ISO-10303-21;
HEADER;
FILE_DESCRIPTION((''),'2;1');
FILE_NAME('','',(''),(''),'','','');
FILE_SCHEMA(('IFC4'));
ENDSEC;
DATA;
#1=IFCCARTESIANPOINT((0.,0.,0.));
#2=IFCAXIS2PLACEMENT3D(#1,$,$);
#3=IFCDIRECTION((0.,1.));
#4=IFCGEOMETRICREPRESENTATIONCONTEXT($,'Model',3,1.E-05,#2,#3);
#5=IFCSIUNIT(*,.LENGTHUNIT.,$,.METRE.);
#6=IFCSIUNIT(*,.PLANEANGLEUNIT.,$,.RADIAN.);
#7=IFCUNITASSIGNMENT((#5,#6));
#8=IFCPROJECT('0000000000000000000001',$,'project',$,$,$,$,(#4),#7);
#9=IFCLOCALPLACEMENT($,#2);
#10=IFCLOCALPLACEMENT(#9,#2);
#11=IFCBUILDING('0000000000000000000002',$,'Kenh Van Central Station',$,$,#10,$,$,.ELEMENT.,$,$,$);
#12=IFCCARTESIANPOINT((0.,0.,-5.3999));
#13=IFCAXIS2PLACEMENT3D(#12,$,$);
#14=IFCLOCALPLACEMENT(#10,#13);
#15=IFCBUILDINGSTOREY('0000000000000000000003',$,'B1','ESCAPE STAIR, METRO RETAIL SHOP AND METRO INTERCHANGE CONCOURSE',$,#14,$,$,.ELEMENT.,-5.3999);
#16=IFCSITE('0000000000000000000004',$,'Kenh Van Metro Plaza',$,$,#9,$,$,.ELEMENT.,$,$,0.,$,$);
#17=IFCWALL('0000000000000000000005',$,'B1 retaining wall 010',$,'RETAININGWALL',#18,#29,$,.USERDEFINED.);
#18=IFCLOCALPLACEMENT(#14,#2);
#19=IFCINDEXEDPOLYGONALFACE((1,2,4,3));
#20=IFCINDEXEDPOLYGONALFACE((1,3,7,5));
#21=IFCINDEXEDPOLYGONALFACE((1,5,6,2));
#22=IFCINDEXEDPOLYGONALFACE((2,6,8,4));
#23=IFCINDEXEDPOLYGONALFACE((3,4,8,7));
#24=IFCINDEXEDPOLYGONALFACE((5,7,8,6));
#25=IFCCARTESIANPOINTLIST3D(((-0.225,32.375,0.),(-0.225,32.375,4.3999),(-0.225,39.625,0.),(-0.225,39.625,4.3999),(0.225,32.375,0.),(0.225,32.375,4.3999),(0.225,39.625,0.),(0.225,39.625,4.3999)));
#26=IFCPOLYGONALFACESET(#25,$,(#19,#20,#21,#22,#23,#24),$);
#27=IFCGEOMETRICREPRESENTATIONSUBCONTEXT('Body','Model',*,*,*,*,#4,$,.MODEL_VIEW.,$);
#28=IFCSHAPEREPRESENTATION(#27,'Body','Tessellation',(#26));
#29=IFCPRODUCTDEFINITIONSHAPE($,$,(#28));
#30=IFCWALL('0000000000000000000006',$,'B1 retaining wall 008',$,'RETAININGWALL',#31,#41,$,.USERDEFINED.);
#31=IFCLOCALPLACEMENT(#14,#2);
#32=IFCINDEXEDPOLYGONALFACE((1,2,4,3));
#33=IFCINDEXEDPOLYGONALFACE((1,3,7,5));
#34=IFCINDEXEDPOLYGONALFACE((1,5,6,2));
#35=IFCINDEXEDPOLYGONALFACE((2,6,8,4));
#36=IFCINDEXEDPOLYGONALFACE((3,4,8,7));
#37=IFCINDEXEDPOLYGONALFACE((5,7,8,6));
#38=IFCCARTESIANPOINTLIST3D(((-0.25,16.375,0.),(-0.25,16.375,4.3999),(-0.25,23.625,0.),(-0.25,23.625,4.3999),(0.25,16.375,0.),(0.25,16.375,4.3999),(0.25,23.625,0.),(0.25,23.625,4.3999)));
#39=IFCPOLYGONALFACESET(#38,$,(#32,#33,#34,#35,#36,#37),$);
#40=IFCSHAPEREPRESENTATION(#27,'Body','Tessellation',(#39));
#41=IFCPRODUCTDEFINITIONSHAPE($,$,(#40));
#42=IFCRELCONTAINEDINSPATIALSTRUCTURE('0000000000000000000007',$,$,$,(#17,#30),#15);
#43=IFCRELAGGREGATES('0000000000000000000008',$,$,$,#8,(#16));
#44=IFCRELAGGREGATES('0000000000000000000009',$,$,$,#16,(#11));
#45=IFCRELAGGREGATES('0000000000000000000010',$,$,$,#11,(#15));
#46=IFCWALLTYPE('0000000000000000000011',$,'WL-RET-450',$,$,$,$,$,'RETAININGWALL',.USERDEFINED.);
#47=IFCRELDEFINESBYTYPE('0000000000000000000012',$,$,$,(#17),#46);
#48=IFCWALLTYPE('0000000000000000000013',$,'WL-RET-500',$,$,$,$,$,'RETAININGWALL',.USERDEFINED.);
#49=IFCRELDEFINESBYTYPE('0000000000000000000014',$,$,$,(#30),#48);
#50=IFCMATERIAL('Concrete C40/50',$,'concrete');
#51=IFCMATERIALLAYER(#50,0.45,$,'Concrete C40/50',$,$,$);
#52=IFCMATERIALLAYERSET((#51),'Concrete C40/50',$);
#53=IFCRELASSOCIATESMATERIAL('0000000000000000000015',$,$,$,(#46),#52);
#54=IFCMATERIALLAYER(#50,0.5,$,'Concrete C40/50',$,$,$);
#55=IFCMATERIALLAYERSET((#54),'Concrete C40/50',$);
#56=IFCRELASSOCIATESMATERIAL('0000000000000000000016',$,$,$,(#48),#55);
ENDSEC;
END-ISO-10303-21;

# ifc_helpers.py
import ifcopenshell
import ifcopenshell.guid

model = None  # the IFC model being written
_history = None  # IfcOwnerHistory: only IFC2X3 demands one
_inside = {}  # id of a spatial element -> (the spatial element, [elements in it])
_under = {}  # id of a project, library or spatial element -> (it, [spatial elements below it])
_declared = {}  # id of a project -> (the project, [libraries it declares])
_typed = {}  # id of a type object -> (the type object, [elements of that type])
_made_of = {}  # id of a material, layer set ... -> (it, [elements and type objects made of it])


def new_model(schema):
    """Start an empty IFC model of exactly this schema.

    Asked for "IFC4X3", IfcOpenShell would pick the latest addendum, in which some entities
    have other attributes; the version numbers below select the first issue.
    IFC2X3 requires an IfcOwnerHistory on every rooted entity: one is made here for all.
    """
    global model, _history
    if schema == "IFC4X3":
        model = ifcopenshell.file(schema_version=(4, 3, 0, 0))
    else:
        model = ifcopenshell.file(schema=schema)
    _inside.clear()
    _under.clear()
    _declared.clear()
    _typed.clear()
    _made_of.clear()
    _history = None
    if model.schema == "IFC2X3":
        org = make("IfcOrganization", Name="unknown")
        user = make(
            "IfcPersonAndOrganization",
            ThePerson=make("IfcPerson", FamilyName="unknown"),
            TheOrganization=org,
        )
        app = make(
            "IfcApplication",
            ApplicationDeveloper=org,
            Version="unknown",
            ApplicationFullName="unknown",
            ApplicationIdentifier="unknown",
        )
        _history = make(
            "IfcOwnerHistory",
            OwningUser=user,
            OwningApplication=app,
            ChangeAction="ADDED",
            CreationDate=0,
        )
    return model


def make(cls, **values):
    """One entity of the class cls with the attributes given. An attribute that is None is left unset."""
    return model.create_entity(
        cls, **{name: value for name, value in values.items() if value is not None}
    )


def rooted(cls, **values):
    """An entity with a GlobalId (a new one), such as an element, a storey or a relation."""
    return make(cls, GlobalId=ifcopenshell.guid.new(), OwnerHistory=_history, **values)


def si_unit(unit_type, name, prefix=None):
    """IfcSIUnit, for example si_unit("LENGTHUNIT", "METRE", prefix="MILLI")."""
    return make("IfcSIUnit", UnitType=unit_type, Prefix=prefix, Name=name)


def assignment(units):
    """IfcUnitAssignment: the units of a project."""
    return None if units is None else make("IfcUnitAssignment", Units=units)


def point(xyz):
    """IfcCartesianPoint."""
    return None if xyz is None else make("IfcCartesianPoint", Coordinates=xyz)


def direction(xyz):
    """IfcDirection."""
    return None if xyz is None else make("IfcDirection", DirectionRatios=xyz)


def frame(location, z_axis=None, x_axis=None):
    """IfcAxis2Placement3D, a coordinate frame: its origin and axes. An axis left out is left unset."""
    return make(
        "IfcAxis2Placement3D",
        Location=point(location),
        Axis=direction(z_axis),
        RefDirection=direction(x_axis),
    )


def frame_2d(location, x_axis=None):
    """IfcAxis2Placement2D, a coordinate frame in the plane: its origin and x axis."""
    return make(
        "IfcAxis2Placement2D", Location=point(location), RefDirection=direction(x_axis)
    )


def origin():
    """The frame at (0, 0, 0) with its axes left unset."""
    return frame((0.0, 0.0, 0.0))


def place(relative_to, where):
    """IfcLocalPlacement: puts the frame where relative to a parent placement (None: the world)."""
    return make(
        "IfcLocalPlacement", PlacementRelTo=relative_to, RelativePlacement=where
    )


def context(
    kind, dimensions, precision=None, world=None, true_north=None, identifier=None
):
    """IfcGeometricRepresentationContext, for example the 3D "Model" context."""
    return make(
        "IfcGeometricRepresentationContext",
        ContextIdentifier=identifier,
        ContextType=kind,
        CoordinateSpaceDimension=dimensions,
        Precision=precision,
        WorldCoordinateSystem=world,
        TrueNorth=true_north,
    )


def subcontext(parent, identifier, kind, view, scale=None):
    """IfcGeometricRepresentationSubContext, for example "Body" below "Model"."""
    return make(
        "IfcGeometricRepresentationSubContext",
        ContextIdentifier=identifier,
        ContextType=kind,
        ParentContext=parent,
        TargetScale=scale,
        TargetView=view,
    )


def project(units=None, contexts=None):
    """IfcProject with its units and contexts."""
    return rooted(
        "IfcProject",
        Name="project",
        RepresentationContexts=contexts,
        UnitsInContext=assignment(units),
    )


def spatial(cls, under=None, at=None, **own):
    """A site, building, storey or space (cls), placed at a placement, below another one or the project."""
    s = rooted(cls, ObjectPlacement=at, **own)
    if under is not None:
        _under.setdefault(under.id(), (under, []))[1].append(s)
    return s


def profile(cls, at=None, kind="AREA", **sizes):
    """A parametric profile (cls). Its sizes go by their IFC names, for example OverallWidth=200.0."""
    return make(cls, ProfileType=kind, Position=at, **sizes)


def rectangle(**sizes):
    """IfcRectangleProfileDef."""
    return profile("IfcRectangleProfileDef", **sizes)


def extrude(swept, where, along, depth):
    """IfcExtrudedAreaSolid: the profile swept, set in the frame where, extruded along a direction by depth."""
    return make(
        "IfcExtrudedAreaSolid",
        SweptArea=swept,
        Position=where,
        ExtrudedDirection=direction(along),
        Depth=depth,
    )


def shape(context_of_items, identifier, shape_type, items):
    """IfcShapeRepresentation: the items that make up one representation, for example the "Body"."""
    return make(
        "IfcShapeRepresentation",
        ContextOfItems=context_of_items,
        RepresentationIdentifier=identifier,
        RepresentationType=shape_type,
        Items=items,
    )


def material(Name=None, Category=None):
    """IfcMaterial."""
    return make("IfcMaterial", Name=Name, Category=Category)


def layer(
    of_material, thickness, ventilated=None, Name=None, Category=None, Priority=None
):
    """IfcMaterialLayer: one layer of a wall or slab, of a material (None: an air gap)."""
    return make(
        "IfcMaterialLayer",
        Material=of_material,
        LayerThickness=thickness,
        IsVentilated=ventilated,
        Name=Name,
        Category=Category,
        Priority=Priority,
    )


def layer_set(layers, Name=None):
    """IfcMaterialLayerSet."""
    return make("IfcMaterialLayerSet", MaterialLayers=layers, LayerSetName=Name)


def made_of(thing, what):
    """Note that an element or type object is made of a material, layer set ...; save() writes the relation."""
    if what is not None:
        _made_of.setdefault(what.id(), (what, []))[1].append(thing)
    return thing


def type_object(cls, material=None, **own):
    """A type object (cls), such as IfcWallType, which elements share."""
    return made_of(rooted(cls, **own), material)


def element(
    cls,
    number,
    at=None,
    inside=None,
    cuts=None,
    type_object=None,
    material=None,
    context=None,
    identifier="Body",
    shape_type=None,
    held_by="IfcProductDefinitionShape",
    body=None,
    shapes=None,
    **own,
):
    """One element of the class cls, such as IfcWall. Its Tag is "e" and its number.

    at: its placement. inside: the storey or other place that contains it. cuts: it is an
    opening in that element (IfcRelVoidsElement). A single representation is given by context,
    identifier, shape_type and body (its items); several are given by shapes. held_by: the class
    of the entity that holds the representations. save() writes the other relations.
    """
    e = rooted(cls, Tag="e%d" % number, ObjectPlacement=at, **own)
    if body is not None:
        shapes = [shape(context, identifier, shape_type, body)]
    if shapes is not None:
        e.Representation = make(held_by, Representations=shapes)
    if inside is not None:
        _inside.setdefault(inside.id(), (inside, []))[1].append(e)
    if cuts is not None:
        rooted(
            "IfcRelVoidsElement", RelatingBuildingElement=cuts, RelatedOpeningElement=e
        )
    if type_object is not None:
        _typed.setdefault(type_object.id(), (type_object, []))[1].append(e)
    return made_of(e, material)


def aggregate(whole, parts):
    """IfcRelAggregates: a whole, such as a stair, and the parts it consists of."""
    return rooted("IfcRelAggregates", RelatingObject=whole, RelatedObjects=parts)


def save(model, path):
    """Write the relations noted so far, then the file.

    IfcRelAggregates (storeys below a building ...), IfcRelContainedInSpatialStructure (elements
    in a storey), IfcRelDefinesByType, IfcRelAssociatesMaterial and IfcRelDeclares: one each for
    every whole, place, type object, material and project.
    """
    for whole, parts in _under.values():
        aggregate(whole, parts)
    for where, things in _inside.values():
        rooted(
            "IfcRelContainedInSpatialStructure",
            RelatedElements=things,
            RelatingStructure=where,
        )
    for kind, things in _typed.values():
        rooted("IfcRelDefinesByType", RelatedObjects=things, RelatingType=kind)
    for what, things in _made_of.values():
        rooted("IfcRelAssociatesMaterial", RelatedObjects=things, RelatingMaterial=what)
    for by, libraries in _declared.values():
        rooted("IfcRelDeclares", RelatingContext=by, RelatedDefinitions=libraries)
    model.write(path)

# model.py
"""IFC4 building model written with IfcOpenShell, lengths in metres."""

from ifc_helpers import new_model, si_unit, direction, frame, frame_2d, origin, place, context, subcontext, project, spatial, rectangle, extrude, material, layer, layer_set, type_object, element, save


model = new_model("IFC4")

# Units and contexts
model_context = context("Model", 3, precision=1e-05, world=origin(), true_north=direction((0.0, 1.0)))
body_context = subcontext(model_context, "Body", "Model", "MODEL_VIEW")
ifc_project = project(units=[si_unit("LENGTHUNIT", "METRE"), si_unit("PLANEANGLEUNIT", "RADIAN")], contexts=[model_context])

# Site, building, storey
site_placement = place(None, origin())
site = spatial("IfcSite", under=ifc_project, at=site_placement, Name="Kenh Van Metro Plaza", CompositionType="ELEMENT", RefElevation=0.0)
building_placement = place(site_placement, origin())
building = spatial("IfcBuilding", under=site, at=building_placement, Name="Kenh Van Central Station", CompositionType="ELEMENT")
storey_placement = place(building_placement, frame((0.0, 0.0, -5.3999)))
storey = spatial("IfcBuildingStorey", under=building, at=storey_placement, Name="B1", Description="ESCAPE STAIR, METRO RETAIL SHOP AND METRO INTERCHANGE CONCOURSE", CompositionType="ELEMENT", Elevation=-5.3999)

# Shared definitions
ifc_material_1 = material(Name="Concrete C40/50", Category="concrete")

# Walls
ifc_layer_1 = layer(ifc_material_1, 0.45, Name="Concrete C40/50")
ifc_layer_set_1 = layer_set([ifc_layer_1], Name="Concrete C40/50")
wall_type_1 = type_object("IfcWallType", Name="WL-RET-450", ElementType="RETAININGWALL", PredefinedType="USERDEFINED", material=ifc_layer_set_1)
wall_1_placement = place(storey_placement, frame((0.0, 32.375, 0.0), z_axis=(0.0, 0.0, 1.0), x_axis=(0.0, 1.0, 0.0)))
element("IfcWall", 1, at=wall_1_placement, inside=storey, type_object=wall_type_1, Name="B1 retaining wall 010", ObjectType="RETAININGWALL", PredefinedType="USERDEFINED", context=body_context, shape_type="SweptSolid", body=[
    extrude(rectangle(XDim=7.25, YDim=0.45, at=frame_2d((3.625, 0.0))), origin(), (0.0, 0.0, 1.0), 4.3999),
])
ifc_layer_2 = layer(ifc_material_1, 0.5, Name="Concrete C40/50")
ifc_layer_set_2 = layer_set([ifc_layer_2], Name="Concrete C40/50")
wall_type_2 = type_object("IfcWallType", Name="WL-RET-500", ElementType="RETAININGWALL", PredefinedType="USERDEFINED", material=ifc_layer_set_2)
wall_2_placement = place(storey_placement, frame((0.0, 16.375, 0.0), z_axis=(0.0, 0.0, 1.0), x_axis=(0.0, 1.0, 0.0)))
element("IfcWall", 2, at=wall_2_placement, inside=storey, type_object=wall_type_2, Name="B1 retaining wall 008", ObjectType="RETAININGWALL", PredefinedType="USERDEFINED", context=body_context, shape_type="SweptSolid", body=[
    extrude(rectangle(XDim=7.25, YDim=0.5, at=frame_2d((3.625, 0.0))), origin(), (0.0, 0.0, 1.0), 4.3999),
])

save(model, "model.ifc")
